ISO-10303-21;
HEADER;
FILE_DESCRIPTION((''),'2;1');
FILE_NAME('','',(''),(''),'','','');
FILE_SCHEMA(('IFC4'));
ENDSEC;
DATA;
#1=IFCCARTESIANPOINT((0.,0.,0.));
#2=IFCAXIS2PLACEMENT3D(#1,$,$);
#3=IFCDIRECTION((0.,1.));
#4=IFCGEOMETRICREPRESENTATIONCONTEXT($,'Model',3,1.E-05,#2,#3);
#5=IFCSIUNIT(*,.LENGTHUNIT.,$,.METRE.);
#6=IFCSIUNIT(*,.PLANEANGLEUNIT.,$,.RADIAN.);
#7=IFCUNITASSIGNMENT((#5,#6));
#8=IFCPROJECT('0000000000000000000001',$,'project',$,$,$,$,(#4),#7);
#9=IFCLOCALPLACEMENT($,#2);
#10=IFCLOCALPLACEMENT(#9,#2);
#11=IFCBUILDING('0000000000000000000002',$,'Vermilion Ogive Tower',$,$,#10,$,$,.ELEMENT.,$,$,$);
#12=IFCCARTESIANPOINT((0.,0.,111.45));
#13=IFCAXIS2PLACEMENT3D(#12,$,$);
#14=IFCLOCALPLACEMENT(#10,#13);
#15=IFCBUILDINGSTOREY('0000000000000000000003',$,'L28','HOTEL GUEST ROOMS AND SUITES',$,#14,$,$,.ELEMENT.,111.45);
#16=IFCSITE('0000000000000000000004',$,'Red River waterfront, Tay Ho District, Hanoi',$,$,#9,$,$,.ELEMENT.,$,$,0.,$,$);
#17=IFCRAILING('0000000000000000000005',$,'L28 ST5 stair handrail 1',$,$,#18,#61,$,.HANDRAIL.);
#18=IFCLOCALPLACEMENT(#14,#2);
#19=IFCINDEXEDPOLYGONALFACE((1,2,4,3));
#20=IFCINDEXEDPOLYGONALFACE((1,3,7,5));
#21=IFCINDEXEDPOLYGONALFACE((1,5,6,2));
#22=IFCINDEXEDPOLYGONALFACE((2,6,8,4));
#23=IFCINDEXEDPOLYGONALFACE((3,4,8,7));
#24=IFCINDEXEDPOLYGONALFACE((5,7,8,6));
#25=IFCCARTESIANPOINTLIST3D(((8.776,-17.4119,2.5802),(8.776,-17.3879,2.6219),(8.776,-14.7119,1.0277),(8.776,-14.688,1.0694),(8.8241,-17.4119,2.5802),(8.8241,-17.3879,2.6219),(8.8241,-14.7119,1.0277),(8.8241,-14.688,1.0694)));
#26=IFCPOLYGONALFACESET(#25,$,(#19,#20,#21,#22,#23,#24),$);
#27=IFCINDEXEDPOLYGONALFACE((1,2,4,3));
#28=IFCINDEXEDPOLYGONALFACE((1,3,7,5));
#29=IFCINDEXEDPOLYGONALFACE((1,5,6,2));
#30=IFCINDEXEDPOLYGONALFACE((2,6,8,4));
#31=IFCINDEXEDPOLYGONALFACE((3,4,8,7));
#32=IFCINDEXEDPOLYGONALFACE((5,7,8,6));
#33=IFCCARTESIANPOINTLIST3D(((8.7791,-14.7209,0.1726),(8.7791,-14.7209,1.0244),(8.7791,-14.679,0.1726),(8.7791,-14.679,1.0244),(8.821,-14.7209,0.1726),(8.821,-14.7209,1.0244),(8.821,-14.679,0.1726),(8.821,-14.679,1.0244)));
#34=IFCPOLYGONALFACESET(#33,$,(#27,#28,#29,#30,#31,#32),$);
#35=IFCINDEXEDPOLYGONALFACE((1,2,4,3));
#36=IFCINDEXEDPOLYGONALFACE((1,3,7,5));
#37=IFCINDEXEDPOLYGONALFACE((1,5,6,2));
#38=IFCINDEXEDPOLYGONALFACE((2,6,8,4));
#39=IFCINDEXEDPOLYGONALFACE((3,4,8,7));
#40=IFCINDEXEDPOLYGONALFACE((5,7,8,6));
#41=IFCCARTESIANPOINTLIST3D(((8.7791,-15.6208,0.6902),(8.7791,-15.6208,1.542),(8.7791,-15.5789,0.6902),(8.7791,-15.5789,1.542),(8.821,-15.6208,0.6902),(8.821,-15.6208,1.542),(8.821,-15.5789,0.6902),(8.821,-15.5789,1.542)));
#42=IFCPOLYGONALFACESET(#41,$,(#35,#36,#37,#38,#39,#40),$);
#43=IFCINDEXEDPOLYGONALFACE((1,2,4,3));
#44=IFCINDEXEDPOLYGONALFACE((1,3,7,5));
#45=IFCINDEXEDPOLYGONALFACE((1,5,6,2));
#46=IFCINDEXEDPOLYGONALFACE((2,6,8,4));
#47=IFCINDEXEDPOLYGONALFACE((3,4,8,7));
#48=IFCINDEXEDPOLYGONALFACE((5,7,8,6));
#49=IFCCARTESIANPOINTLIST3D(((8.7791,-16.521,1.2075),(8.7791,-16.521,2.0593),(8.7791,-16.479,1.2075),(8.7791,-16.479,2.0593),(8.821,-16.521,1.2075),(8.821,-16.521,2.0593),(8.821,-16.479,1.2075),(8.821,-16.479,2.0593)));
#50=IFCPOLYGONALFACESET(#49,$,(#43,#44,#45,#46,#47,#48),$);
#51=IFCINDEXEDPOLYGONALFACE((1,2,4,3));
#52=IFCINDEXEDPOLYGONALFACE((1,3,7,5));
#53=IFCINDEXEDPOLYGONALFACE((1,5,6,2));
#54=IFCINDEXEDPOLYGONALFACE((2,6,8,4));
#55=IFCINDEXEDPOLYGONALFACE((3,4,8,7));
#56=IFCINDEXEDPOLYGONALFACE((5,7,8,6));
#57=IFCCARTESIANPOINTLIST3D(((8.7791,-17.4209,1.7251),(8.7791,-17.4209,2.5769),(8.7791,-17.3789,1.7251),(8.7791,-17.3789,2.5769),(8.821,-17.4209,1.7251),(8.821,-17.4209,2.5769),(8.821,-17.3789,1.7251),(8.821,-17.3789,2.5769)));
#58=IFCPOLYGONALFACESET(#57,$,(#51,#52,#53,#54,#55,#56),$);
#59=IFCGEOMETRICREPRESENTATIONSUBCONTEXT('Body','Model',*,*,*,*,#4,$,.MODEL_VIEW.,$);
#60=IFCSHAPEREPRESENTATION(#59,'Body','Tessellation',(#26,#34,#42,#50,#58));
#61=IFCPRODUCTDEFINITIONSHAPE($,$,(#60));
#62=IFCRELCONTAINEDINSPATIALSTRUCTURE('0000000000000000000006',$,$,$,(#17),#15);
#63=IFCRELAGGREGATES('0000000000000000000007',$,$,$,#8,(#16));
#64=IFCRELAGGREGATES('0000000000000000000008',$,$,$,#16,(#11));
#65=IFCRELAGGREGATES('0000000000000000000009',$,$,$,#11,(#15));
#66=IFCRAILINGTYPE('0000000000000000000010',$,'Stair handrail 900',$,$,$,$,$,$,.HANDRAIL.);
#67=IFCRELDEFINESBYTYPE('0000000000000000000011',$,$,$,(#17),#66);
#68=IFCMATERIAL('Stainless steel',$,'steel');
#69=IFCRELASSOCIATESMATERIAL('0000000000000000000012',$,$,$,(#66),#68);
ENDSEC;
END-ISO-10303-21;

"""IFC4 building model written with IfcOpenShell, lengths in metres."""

from ifc_helpers import new_model, si_unit, direction, frame, origin, origin_2d, place, context, subcontext, project, spatial, rectangle, extrude, material, type_object, element, save


model = new_model("IFC4")

# Units and contexts
model_context = context("Model", 3, precision=1e-05, world=origin(), true_north=direction((0.0, 1.0)))
body_context = subcontext(model_context, "Body", "Model", "MODEL_VIEW")
ifc_project = project(units=[si_unit("LENGTHUNIT", "METRE"), si_unit("PLANEANGLEUNIT", "RADIAN")], contexts=[model_context])

# Site, building, storey
site_placement = place(None, origin())
site = spatial("IfcSite", under=ifc_project, at=site_placement, Name="Red River waterfront, Tay Ho District, Hanoi", CompositionType="ELEMENT", RefElevation=0.0)
building_placement = place(site_placement, origin())
building = spatial("IfcBuilding", under=site, at=building_placement, Name="Vermilion Ogive Tower", CompositionType="ELEMENT")
storey_placement = place(building_placement, frame((0.0, 0.0, 111.45)))
storey = spatial("IfcBuildingStorey", under=building, at=storey_placement, Name="L28", Description="HOTEL GUEST ROOMS AND SUITES", CompositionType="ELEMENT", Elevation=111.45)

# Railing
ifc_material_1 = material(Name="Stainless steel", Category="steel")
railing_type_1 = type_object("IfcRailingType", Name="Stair handrail 900", PredefinedType="HANDRAIL", material=ifc_material_1)
railing_1_placement = place(storey_placement, frame((8.8, -14.7, 0.1726)))
element("IfcRailing", 1, at=railing_1_placement, inside=storey, type_object=railing_type_1, Name="L28 ST5 stair handrail 1", PredefinedType="HANDRAIL", context=body_context, shape_type="SweptSolid", body=[
    extrude(rectangle(XDim=0.0481, YDim=0.0481, at=origin_2d()), frame((0.0, 0.0, 0.876), z_axis=(0.0, -0.866904, 0.498476), x_axis=(1.0, 0.0, 0.0)), (0.0, 0.0, 1.0), 3.1145),
    extrude(rectangle(XDim=0.042, YDim=0.042, at=origin_2d()), origin(), (0.0, 0.0, 1.0), 0.8518),
    extrude(rectangle(XDim=0.042, YDim=0.042, at=origin_2d()), frame((0.0, -0.8999, 0.5176)), (0.0, 0.0, 1.0), 0.8518),
    extrude(rectangle(XDim=0.042, YDim=0.042, at=origin_2d()), frame((0.0, -1.8, 1.0349)), (0.0, 0.0, 1.0), 0.8518),
    extrude(rectangle(XDim=0.042, YDim=0.042, at=origin_2d()), frame((0.0, -2.7, 1.5525)), (0.0, 0.0, 1.0), 0.8518),
])

save(model, "model.ifc")
